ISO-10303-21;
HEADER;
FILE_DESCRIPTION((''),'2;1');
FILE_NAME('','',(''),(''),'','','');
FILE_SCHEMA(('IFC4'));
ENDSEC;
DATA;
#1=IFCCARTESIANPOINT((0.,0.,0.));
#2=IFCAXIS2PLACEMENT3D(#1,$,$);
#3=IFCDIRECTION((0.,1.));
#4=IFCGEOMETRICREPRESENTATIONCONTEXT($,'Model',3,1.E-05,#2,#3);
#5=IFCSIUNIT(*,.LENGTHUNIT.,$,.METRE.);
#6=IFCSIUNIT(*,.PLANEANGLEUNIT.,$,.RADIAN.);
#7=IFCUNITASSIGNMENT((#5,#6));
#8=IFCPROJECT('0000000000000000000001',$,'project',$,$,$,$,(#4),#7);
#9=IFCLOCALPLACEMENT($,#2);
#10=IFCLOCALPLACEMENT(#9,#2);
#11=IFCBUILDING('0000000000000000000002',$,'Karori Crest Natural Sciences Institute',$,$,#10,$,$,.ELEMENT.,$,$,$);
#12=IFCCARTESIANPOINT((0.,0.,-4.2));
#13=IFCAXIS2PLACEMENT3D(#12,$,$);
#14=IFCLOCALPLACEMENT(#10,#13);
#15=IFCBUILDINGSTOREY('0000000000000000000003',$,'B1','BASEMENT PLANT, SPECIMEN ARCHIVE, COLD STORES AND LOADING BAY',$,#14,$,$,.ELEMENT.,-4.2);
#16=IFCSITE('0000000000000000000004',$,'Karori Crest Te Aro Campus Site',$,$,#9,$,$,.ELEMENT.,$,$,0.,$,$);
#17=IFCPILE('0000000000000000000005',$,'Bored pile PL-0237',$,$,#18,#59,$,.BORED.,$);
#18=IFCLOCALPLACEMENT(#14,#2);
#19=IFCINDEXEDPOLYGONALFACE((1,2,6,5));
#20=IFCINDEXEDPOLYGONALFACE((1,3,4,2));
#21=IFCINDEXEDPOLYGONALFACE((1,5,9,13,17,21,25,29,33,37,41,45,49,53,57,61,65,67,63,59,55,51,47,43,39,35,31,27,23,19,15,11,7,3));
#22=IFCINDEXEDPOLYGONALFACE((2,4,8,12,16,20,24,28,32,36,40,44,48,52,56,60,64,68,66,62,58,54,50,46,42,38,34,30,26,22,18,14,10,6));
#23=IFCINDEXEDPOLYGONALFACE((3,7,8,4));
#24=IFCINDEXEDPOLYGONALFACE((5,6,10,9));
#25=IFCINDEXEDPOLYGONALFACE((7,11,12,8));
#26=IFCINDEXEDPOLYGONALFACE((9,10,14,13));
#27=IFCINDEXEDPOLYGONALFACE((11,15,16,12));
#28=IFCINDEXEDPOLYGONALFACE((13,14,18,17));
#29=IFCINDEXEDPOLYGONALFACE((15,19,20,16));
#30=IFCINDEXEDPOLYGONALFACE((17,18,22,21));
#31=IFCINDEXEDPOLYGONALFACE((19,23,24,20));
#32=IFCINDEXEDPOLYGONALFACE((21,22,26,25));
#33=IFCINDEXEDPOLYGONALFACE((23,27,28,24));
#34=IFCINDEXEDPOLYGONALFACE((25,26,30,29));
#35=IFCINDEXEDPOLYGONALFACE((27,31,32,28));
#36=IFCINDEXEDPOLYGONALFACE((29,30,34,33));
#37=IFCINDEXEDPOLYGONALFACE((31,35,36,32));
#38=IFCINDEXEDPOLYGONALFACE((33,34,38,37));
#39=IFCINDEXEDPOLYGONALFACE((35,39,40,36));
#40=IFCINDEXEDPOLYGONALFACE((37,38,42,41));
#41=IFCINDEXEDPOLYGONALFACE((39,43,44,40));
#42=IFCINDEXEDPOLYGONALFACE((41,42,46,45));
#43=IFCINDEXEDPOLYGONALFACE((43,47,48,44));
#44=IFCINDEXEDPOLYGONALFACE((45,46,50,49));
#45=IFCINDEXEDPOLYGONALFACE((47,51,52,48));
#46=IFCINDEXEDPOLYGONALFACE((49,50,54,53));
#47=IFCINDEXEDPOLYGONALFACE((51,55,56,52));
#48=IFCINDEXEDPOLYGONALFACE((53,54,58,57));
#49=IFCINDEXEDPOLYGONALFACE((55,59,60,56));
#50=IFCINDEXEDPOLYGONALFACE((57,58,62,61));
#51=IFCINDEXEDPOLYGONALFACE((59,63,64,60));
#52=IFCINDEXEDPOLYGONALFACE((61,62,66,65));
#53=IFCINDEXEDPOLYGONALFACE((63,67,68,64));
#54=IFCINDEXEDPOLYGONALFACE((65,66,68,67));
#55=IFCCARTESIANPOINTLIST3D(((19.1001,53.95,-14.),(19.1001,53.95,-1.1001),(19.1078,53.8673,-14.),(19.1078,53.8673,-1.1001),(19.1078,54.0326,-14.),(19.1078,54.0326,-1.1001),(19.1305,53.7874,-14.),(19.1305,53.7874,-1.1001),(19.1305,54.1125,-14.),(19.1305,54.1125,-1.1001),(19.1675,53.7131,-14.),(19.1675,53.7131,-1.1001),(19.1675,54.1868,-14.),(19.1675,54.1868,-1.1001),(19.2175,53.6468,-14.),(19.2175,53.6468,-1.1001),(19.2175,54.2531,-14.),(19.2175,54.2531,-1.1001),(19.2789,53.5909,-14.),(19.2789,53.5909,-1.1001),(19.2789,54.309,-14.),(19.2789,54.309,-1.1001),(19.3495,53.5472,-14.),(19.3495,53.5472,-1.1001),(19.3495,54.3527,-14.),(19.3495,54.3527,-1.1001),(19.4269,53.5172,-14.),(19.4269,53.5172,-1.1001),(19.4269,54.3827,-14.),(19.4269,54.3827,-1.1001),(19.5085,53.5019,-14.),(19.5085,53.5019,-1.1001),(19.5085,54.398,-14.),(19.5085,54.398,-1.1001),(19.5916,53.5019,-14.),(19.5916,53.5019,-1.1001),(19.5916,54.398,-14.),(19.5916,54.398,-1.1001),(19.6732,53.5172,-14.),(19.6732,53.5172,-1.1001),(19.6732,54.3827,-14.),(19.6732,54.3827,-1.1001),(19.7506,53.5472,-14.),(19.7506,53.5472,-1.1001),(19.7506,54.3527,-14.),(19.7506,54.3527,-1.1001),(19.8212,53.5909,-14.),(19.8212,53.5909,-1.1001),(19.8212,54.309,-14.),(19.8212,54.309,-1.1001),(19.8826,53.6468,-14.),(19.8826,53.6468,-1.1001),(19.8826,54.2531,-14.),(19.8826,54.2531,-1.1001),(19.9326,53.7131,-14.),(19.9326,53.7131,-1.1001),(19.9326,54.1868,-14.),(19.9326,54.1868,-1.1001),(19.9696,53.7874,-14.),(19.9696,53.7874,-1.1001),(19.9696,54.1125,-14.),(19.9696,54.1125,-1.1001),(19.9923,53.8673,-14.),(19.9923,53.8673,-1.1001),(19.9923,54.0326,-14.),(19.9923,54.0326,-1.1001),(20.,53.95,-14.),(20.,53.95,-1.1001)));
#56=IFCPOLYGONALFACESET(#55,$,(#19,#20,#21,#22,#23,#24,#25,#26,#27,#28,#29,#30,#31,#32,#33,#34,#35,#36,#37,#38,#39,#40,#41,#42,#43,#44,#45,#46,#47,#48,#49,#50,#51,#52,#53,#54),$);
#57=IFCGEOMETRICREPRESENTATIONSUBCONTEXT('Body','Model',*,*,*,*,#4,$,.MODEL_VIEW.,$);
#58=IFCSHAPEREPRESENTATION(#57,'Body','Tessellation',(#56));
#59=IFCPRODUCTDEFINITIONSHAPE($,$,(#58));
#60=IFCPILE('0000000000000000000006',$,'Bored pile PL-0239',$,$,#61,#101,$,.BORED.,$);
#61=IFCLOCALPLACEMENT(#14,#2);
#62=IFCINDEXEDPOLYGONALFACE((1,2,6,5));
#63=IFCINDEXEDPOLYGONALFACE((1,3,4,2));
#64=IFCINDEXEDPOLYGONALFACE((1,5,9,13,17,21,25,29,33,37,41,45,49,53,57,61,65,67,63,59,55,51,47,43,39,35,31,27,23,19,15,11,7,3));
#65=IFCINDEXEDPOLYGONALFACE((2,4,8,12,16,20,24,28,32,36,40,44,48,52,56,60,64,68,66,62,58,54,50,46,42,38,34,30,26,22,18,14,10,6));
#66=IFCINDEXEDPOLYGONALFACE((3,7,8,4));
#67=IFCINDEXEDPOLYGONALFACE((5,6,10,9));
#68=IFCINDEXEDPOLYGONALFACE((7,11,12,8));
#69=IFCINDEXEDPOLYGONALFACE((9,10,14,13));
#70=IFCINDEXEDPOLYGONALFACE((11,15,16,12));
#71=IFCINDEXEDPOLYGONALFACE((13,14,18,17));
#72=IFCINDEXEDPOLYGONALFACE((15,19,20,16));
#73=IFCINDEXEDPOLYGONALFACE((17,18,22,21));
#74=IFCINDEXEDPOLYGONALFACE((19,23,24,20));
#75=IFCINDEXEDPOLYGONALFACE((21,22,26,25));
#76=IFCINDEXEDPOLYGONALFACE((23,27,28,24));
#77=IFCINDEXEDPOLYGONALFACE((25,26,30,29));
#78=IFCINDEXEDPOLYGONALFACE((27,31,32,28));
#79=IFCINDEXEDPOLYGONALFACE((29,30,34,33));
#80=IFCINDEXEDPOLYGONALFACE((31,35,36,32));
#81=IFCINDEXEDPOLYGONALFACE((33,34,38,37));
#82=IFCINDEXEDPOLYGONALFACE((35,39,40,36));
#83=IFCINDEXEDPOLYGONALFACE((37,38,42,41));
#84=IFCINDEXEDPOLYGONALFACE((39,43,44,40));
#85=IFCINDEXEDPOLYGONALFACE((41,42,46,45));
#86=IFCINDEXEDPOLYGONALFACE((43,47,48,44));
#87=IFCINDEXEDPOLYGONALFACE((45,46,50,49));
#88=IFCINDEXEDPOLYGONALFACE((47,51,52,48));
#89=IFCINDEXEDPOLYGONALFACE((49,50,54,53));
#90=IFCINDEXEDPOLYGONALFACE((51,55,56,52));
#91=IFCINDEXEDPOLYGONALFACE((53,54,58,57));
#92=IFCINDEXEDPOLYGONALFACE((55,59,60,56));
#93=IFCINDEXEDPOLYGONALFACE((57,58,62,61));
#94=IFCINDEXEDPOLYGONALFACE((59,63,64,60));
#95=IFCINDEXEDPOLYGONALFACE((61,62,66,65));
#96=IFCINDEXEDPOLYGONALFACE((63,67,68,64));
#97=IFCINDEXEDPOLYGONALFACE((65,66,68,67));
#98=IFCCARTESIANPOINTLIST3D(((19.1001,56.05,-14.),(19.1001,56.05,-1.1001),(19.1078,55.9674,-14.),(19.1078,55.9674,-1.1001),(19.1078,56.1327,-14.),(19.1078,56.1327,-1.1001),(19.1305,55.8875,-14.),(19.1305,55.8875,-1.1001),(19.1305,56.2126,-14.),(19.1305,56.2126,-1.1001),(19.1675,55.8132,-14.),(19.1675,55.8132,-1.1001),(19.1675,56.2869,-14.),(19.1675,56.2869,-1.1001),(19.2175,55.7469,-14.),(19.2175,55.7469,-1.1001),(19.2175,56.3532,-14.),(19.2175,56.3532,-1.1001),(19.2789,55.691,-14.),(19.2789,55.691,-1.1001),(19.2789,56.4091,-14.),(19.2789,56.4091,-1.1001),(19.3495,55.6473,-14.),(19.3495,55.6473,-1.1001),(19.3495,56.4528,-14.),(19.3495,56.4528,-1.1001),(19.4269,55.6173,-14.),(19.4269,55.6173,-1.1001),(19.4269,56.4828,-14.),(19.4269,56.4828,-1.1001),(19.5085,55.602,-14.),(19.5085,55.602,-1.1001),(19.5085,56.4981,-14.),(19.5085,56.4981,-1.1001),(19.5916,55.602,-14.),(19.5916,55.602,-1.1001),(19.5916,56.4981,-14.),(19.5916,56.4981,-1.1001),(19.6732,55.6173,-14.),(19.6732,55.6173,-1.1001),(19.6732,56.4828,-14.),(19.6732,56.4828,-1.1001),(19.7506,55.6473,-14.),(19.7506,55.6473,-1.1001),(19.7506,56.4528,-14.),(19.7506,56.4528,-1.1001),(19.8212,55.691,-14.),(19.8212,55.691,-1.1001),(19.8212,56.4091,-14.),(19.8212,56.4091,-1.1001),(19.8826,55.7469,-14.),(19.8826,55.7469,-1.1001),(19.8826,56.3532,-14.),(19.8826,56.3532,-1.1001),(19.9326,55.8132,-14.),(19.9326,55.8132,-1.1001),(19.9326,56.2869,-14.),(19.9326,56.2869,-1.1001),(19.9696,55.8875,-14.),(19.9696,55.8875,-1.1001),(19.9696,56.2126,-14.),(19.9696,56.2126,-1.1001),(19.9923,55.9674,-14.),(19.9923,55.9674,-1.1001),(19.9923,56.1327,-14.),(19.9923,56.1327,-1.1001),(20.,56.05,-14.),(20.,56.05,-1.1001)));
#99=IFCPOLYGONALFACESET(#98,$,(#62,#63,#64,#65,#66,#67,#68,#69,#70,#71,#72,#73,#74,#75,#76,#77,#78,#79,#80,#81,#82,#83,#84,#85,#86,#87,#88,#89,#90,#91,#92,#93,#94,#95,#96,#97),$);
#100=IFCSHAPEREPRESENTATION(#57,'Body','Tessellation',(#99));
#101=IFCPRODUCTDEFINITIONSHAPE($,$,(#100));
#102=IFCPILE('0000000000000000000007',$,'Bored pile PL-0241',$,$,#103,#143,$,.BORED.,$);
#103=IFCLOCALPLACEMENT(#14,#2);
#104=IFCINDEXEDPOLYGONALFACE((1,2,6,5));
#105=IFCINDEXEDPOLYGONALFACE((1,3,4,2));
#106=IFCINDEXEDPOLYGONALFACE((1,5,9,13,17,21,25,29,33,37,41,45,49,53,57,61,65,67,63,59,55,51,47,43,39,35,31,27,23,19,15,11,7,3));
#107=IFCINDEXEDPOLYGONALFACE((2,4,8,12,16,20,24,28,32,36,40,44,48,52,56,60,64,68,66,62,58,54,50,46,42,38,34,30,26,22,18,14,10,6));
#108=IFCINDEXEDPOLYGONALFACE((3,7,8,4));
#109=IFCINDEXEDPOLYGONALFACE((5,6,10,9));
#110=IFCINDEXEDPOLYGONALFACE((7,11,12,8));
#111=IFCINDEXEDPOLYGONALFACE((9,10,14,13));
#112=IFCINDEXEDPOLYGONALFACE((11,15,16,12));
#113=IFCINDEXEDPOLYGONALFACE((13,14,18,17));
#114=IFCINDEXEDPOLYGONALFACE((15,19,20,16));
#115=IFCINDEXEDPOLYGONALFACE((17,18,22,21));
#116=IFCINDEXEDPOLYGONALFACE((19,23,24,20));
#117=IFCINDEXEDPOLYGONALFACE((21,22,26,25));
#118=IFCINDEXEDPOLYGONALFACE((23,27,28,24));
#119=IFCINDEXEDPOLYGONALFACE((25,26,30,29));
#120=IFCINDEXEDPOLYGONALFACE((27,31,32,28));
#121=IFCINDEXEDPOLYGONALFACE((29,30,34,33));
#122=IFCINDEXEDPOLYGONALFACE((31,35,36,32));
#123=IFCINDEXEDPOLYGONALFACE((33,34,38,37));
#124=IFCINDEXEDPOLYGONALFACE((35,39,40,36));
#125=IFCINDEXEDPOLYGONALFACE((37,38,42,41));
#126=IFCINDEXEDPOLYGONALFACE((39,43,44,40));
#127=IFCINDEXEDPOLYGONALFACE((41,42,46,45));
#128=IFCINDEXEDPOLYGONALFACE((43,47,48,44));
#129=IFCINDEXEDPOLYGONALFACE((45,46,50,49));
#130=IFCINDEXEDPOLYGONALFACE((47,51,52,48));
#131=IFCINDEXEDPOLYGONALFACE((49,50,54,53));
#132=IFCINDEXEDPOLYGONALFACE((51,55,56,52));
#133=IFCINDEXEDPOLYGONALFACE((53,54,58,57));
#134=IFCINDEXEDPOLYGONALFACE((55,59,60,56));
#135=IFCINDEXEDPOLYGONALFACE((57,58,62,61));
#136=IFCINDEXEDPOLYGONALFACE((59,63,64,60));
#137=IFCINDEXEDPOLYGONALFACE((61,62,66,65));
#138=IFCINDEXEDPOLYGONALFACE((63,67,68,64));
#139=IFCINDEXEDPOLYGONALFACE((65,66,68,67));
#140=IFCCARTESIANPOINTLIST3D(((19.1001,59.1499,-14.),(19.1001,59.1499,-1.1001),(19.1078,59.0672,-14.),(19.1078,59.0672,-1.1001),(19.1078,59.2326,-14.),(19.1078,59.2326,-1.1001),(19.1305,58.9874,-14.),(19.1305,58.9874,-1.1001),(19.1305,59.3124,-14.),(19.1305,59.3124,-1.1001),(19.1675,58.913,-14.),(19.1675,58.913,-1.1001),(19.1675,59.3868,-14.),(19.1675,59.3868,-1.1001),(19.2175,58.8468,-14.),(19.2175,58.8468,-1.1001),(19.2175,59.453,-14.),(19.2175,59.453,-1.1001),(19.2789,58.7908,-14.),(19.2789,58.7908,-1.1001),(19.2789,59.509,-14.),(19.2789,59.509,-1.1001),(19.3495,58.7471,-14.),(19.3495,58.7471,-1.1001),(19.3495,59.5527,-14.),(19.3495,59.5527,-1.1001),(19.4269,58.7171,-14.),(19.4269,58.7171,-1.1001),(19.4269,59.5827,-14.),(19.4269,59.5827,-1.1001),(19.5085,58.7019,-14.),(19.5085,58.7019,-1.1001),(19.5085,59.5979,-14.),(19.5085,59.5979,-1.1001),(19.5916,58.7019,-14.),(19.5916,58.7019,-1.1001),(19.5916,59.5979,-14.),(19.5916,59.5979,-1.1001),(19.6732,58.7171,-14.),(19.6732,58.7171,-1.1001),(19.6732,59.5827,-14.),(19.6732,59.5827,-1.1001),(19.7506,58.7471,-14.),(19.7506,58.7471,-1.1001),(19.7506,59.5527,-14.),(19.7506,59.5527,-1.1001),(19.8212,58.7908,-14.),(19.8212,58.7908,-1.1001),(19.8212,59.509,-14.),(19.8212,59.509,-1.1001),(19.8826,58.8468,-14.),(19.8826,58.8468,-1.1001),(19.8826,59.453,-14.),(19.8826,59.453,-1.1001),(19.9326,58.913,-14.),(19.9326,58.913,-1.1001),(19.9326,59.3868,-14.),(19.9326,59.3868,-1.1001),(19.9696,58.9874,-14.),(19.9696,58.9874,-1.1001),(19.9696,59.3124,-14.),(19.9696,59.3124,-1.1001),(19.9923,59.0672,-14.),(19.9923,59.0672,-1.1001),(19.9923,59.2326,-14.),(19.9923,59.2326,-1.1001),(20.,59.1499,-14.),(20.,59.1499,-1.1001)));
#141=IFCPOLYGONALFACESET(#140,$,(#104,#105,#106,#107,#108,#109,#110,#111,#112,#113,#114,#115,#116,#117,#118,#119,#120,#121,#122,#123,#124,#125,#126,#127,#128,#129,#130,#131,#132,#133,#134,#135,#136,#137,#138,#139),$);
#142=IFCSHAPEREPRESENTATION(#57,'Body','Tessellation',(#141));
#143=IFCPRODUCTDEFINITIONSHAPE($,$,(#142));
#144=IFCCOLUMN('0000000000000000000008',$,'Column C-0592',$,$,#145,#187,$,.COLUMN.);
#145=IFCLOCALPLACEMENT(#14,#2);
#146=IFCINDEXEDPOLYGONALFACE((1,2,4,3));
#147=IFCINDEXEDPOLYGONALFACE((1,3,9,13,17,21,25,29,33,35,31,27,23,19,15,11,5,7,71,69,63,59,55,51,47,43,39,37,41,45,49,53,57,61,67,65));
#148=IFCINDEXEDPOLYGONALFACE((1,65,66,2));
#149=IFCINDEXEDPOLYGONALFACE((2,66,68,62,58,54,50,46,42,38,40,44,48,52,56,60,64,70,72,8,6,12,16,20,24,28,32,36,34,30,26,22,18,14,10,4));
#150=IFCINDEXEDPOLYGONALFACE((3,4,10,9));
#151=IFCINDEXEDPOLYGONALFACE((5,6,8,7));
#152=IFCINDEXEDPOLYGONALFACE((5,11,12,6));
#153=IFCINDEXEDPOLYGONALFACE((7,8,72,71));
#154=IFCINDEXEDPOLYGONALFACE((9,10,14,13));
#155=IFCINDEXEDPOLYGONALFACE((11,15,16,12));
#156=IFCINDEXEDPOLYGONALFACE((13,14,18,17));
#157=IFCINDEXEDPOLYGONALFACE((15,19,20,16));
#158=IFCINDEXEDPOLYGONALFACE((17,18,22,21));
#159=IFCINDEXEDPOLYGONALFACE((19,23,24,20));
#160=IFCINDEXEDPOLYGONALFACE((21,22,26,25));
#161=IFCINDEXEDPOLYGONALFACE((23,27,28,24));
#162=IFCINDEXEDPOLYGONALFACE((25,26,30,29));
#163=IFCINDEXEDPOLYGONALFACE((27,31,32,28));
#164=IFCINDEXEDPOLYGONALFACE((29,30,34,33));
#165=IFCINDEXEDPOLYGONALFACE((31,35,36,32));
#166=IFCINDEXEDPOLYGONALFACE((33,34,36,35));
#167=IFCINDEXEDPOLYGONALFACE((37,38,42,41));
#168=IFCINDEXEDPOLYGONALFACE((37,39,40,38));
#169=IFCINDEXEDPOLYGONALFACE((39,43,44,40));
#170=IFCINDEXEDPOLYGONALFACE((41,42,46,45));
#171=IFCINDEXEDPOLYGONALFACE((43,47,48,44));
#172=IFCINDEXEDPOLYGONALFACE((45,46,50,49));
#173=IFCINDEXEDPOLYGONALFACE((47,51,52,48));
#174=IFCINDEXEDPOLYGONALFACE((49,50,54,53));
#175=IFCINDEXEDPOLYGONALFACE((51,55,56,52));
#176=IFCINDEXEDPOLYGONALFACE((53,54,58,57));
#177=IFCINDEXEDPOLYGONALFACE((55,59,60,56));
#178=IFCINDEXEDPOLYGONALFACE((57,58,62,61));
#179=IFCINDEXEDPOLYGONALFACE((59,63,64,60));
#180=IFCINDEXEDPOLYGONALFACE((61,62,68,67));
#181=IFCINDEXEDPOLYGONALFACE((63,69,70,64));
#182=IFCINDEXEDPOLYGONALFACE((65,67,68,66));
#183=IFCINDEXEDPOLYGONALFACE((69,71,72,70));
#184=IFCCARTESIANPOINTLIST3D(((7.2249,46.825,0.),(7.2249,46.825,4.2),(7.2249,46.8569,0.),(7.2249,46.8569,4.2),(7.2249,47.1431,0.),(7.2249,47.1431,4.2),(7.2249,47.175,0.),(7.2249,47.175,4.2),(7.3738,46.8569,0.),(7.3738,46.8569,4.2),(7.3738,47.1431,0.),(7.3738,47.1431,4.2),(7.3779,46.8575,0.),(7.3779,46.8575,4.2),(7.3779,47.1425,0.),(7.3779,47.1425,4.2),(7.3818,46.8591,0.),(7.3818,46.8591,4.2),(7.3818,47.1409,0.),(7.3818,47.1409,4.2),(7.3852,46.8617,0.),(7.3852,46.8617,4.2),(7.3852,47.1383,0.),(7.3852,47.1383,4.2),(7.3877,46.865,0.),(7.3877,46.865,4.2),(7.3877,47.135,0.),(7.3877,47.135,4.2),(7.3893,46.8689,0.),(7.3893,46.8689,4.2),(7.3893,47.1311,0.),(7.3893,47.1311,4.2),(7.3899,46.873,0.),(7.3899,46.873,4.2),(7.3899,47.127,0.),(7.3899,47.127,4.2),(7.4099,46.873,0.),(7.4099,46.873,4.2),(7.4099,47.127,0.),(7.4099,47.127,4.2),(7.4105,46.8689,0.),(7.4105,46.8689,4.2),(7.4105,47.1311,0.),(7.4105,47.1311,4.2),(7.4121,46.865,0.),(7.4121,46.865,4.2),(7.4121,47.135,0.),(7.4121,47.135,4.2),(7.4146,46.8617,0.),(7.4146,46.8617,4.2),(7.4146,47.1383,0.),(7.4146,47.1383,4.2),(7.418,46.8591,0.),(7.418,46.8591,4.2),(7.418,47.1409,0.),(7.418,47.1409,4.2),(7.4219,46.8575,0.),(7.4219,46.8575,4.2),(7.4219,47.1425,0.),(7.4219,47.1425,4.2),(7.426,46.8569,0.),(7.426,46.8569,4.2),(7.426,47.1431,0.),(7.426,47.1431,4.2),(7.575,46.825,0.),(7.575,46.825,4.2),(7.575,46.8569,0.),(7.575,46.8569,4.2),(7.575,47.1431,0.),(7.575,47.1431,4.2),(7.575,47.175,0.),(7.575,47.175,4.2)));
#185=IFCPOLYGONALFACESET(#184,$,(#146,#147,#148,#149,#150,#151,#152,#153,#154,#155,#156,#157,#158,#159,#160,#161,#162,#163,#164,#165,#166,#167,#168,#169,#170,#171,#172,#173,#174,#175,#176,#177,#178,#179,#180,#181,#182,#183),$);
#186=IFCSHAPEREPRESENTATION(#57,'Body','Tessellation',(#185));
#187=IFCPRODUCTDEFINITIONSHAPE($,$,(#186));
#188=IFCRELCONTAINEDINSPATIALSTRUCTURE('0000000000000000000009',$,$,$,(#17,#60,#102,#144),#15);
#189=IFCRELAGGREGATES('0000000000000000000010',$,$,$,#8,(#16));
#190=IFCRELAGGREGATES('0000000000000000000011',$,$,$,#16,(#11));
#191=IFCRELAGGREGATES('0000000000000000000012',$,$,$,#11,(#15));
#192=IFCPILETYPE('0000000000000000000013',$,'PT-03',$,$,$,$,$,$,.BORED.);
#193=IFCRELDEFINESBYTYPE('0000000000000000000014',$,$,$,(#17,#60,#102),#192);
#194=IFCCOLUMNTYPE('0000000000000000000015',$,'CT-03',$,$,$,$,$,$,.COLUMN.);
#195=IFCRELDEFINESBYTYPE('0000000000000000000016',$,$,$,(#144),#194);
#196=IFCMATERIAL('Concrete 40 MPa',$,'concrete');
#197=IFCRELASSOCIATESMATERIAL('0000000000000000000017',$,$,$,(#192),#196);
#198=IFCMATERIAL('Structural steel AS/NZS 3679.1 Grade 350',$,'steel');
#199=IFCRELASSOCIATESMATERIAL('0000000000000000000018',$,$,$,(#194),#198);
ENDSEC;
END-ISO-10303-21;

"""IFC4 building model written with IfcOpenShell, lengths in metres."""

from ifc_helpers import new_model, si_unit, direction, frame, origin, origin_2d, place, context, subcontext, project, spatial, circle, i_section, extrude, material, material_profile, profile_set, type_object, element, save


model = new_model("IFC4")

# Units and contexts
model_context = context("Model", 3, precision=1e-05, world=origin(), true_north=direction((0.0, 1.0)))
body_context = subcontext(model_context, "Body", "Model", "MODEL_VIEW")
ifc_project = project(units=[si_unit("LENGTHUNIT", "METRE"), si_unit("PLANEANGLEUNIT", "RADIAN")], contexts=[model_context])

# Site, building, storey
site_placement = place(None, origin())
site = spatial("IfcSite", under=ifc_project, at=site_placement, Name="Karori Crest Te Aro Campus Site", CompositionType="ELEMENT", RefElevation=0.0)
building_placement = place(site_placement, origin())
building = spatial("IfcBuilding", under=site, at=building_placement, Name="Karori Crest Natural Sciences Institute", CompositionType="ELEMENT")
storey_placement = place(building_placement, frame((0.0, 0.0, -4.2)))
storey = spatial("IfcBuildingStorey", under=building, at=storey_placement, Name="B1", Description="BASEMENT PLANT, SPECIMEN ARCHIVE, COLD STORES AND LOADING BAY", CompositionType="ELEMENT", Elevation=-4.2)

# Shared definitions
ifc_material_1 = material(Name="Concrete 40 MPa", Category="concrete")

# Piles
ifc_material_profile_1 = material_profile(ifc_material_1, circle(Radius=0.45, at=origin_2d()), Name="PILE900")
ifc_profile_set_1 = profile_set([ifc_material_profile_1], Name="Concrete 40 MPa")
pile_type = type_object("IfcPileType", Name="PT-03", PredefinedType="BORED", material=ifc_profile_set_1)
for number, where, z_axis, x_axis, name in (
    (1, (19.55, 53.95, -1.1001), (0.0, 0.0, -1.0), (1.0, 0.0, 0.0), "Bored pile PL-0237"),
    (2, (19.55, 56.05, -1.1001), (0.0, 0.0, -1.0), (1.0, 0.0, 0.0), "Bored pile PL-0239"),
    (3, (19.55, 59.1499, -1.1001), (0.0, 0.0, -1.0), (1.0, 0.0, 0.0), "Bored pile PL-0241"),
):
    element("IfcPile", number, at=place(storey_placement, frame(where, z_axis=z_axis, x_axis=x_axis)), inside=storey, type_object=pile_type, Name=name, PredefinedType="BORED", context=body_context, shape_type="SweptSolid", body=[
        extrude(circle(Radius=0.45, at=origin_2d()), origin(), (0.0, 0.0, 1.0), 12.8999),
    ])

# Column
ifc_material_2 = material(Name="Structural steel AS/NZS 3679.1 Grade 350", Category="steel")
ifc_material_profile_2 = material_profile(ifc_material_2, i_section(OverallWidth=0.3501, OverallDepth=0.3501, WebThickness=0.02, FlangeThickness=0.032, FilletRadius=0.0161, at=origin_2d()), Name="350WC280")
ifc_profile_set_2 = profile_set([ifc_material_profile_2], Name="Structural steel AS/NZS 3679.1 Grade 350")
column_type = type_object("IfcColumnType", Name="CT-03", PredefinedType="COLUMN", material=ifc_profile_set_2)
for number, where, z_axis, x_axis, name in (
    (4, (7.3999, 47.0, 0.0), (0.0, 0.0, 1.0), (1.0, 0.0, 0.0), "Column C-0592"),
):
    element("IfcColumn", number, at=place(storey_placement, frame(where, z_axis=z_axis, x_axis=x_axis)), inside=storey, type_object=column_type, Name=name, PredefinedType="COLUMN", context=body_context, shape_type="SweptSolid", body=[
        extrude(i_section(OverallWidth=0.3501, OverallDepth=0.3501, WebThickness=0.02, FlangeThickness=0.032, FilletRadius=0.0161, at=origin_2d()), origin(), (0.0, 0.0, 1.0), 4.2),
    ])

save(model, "model.ifc")
